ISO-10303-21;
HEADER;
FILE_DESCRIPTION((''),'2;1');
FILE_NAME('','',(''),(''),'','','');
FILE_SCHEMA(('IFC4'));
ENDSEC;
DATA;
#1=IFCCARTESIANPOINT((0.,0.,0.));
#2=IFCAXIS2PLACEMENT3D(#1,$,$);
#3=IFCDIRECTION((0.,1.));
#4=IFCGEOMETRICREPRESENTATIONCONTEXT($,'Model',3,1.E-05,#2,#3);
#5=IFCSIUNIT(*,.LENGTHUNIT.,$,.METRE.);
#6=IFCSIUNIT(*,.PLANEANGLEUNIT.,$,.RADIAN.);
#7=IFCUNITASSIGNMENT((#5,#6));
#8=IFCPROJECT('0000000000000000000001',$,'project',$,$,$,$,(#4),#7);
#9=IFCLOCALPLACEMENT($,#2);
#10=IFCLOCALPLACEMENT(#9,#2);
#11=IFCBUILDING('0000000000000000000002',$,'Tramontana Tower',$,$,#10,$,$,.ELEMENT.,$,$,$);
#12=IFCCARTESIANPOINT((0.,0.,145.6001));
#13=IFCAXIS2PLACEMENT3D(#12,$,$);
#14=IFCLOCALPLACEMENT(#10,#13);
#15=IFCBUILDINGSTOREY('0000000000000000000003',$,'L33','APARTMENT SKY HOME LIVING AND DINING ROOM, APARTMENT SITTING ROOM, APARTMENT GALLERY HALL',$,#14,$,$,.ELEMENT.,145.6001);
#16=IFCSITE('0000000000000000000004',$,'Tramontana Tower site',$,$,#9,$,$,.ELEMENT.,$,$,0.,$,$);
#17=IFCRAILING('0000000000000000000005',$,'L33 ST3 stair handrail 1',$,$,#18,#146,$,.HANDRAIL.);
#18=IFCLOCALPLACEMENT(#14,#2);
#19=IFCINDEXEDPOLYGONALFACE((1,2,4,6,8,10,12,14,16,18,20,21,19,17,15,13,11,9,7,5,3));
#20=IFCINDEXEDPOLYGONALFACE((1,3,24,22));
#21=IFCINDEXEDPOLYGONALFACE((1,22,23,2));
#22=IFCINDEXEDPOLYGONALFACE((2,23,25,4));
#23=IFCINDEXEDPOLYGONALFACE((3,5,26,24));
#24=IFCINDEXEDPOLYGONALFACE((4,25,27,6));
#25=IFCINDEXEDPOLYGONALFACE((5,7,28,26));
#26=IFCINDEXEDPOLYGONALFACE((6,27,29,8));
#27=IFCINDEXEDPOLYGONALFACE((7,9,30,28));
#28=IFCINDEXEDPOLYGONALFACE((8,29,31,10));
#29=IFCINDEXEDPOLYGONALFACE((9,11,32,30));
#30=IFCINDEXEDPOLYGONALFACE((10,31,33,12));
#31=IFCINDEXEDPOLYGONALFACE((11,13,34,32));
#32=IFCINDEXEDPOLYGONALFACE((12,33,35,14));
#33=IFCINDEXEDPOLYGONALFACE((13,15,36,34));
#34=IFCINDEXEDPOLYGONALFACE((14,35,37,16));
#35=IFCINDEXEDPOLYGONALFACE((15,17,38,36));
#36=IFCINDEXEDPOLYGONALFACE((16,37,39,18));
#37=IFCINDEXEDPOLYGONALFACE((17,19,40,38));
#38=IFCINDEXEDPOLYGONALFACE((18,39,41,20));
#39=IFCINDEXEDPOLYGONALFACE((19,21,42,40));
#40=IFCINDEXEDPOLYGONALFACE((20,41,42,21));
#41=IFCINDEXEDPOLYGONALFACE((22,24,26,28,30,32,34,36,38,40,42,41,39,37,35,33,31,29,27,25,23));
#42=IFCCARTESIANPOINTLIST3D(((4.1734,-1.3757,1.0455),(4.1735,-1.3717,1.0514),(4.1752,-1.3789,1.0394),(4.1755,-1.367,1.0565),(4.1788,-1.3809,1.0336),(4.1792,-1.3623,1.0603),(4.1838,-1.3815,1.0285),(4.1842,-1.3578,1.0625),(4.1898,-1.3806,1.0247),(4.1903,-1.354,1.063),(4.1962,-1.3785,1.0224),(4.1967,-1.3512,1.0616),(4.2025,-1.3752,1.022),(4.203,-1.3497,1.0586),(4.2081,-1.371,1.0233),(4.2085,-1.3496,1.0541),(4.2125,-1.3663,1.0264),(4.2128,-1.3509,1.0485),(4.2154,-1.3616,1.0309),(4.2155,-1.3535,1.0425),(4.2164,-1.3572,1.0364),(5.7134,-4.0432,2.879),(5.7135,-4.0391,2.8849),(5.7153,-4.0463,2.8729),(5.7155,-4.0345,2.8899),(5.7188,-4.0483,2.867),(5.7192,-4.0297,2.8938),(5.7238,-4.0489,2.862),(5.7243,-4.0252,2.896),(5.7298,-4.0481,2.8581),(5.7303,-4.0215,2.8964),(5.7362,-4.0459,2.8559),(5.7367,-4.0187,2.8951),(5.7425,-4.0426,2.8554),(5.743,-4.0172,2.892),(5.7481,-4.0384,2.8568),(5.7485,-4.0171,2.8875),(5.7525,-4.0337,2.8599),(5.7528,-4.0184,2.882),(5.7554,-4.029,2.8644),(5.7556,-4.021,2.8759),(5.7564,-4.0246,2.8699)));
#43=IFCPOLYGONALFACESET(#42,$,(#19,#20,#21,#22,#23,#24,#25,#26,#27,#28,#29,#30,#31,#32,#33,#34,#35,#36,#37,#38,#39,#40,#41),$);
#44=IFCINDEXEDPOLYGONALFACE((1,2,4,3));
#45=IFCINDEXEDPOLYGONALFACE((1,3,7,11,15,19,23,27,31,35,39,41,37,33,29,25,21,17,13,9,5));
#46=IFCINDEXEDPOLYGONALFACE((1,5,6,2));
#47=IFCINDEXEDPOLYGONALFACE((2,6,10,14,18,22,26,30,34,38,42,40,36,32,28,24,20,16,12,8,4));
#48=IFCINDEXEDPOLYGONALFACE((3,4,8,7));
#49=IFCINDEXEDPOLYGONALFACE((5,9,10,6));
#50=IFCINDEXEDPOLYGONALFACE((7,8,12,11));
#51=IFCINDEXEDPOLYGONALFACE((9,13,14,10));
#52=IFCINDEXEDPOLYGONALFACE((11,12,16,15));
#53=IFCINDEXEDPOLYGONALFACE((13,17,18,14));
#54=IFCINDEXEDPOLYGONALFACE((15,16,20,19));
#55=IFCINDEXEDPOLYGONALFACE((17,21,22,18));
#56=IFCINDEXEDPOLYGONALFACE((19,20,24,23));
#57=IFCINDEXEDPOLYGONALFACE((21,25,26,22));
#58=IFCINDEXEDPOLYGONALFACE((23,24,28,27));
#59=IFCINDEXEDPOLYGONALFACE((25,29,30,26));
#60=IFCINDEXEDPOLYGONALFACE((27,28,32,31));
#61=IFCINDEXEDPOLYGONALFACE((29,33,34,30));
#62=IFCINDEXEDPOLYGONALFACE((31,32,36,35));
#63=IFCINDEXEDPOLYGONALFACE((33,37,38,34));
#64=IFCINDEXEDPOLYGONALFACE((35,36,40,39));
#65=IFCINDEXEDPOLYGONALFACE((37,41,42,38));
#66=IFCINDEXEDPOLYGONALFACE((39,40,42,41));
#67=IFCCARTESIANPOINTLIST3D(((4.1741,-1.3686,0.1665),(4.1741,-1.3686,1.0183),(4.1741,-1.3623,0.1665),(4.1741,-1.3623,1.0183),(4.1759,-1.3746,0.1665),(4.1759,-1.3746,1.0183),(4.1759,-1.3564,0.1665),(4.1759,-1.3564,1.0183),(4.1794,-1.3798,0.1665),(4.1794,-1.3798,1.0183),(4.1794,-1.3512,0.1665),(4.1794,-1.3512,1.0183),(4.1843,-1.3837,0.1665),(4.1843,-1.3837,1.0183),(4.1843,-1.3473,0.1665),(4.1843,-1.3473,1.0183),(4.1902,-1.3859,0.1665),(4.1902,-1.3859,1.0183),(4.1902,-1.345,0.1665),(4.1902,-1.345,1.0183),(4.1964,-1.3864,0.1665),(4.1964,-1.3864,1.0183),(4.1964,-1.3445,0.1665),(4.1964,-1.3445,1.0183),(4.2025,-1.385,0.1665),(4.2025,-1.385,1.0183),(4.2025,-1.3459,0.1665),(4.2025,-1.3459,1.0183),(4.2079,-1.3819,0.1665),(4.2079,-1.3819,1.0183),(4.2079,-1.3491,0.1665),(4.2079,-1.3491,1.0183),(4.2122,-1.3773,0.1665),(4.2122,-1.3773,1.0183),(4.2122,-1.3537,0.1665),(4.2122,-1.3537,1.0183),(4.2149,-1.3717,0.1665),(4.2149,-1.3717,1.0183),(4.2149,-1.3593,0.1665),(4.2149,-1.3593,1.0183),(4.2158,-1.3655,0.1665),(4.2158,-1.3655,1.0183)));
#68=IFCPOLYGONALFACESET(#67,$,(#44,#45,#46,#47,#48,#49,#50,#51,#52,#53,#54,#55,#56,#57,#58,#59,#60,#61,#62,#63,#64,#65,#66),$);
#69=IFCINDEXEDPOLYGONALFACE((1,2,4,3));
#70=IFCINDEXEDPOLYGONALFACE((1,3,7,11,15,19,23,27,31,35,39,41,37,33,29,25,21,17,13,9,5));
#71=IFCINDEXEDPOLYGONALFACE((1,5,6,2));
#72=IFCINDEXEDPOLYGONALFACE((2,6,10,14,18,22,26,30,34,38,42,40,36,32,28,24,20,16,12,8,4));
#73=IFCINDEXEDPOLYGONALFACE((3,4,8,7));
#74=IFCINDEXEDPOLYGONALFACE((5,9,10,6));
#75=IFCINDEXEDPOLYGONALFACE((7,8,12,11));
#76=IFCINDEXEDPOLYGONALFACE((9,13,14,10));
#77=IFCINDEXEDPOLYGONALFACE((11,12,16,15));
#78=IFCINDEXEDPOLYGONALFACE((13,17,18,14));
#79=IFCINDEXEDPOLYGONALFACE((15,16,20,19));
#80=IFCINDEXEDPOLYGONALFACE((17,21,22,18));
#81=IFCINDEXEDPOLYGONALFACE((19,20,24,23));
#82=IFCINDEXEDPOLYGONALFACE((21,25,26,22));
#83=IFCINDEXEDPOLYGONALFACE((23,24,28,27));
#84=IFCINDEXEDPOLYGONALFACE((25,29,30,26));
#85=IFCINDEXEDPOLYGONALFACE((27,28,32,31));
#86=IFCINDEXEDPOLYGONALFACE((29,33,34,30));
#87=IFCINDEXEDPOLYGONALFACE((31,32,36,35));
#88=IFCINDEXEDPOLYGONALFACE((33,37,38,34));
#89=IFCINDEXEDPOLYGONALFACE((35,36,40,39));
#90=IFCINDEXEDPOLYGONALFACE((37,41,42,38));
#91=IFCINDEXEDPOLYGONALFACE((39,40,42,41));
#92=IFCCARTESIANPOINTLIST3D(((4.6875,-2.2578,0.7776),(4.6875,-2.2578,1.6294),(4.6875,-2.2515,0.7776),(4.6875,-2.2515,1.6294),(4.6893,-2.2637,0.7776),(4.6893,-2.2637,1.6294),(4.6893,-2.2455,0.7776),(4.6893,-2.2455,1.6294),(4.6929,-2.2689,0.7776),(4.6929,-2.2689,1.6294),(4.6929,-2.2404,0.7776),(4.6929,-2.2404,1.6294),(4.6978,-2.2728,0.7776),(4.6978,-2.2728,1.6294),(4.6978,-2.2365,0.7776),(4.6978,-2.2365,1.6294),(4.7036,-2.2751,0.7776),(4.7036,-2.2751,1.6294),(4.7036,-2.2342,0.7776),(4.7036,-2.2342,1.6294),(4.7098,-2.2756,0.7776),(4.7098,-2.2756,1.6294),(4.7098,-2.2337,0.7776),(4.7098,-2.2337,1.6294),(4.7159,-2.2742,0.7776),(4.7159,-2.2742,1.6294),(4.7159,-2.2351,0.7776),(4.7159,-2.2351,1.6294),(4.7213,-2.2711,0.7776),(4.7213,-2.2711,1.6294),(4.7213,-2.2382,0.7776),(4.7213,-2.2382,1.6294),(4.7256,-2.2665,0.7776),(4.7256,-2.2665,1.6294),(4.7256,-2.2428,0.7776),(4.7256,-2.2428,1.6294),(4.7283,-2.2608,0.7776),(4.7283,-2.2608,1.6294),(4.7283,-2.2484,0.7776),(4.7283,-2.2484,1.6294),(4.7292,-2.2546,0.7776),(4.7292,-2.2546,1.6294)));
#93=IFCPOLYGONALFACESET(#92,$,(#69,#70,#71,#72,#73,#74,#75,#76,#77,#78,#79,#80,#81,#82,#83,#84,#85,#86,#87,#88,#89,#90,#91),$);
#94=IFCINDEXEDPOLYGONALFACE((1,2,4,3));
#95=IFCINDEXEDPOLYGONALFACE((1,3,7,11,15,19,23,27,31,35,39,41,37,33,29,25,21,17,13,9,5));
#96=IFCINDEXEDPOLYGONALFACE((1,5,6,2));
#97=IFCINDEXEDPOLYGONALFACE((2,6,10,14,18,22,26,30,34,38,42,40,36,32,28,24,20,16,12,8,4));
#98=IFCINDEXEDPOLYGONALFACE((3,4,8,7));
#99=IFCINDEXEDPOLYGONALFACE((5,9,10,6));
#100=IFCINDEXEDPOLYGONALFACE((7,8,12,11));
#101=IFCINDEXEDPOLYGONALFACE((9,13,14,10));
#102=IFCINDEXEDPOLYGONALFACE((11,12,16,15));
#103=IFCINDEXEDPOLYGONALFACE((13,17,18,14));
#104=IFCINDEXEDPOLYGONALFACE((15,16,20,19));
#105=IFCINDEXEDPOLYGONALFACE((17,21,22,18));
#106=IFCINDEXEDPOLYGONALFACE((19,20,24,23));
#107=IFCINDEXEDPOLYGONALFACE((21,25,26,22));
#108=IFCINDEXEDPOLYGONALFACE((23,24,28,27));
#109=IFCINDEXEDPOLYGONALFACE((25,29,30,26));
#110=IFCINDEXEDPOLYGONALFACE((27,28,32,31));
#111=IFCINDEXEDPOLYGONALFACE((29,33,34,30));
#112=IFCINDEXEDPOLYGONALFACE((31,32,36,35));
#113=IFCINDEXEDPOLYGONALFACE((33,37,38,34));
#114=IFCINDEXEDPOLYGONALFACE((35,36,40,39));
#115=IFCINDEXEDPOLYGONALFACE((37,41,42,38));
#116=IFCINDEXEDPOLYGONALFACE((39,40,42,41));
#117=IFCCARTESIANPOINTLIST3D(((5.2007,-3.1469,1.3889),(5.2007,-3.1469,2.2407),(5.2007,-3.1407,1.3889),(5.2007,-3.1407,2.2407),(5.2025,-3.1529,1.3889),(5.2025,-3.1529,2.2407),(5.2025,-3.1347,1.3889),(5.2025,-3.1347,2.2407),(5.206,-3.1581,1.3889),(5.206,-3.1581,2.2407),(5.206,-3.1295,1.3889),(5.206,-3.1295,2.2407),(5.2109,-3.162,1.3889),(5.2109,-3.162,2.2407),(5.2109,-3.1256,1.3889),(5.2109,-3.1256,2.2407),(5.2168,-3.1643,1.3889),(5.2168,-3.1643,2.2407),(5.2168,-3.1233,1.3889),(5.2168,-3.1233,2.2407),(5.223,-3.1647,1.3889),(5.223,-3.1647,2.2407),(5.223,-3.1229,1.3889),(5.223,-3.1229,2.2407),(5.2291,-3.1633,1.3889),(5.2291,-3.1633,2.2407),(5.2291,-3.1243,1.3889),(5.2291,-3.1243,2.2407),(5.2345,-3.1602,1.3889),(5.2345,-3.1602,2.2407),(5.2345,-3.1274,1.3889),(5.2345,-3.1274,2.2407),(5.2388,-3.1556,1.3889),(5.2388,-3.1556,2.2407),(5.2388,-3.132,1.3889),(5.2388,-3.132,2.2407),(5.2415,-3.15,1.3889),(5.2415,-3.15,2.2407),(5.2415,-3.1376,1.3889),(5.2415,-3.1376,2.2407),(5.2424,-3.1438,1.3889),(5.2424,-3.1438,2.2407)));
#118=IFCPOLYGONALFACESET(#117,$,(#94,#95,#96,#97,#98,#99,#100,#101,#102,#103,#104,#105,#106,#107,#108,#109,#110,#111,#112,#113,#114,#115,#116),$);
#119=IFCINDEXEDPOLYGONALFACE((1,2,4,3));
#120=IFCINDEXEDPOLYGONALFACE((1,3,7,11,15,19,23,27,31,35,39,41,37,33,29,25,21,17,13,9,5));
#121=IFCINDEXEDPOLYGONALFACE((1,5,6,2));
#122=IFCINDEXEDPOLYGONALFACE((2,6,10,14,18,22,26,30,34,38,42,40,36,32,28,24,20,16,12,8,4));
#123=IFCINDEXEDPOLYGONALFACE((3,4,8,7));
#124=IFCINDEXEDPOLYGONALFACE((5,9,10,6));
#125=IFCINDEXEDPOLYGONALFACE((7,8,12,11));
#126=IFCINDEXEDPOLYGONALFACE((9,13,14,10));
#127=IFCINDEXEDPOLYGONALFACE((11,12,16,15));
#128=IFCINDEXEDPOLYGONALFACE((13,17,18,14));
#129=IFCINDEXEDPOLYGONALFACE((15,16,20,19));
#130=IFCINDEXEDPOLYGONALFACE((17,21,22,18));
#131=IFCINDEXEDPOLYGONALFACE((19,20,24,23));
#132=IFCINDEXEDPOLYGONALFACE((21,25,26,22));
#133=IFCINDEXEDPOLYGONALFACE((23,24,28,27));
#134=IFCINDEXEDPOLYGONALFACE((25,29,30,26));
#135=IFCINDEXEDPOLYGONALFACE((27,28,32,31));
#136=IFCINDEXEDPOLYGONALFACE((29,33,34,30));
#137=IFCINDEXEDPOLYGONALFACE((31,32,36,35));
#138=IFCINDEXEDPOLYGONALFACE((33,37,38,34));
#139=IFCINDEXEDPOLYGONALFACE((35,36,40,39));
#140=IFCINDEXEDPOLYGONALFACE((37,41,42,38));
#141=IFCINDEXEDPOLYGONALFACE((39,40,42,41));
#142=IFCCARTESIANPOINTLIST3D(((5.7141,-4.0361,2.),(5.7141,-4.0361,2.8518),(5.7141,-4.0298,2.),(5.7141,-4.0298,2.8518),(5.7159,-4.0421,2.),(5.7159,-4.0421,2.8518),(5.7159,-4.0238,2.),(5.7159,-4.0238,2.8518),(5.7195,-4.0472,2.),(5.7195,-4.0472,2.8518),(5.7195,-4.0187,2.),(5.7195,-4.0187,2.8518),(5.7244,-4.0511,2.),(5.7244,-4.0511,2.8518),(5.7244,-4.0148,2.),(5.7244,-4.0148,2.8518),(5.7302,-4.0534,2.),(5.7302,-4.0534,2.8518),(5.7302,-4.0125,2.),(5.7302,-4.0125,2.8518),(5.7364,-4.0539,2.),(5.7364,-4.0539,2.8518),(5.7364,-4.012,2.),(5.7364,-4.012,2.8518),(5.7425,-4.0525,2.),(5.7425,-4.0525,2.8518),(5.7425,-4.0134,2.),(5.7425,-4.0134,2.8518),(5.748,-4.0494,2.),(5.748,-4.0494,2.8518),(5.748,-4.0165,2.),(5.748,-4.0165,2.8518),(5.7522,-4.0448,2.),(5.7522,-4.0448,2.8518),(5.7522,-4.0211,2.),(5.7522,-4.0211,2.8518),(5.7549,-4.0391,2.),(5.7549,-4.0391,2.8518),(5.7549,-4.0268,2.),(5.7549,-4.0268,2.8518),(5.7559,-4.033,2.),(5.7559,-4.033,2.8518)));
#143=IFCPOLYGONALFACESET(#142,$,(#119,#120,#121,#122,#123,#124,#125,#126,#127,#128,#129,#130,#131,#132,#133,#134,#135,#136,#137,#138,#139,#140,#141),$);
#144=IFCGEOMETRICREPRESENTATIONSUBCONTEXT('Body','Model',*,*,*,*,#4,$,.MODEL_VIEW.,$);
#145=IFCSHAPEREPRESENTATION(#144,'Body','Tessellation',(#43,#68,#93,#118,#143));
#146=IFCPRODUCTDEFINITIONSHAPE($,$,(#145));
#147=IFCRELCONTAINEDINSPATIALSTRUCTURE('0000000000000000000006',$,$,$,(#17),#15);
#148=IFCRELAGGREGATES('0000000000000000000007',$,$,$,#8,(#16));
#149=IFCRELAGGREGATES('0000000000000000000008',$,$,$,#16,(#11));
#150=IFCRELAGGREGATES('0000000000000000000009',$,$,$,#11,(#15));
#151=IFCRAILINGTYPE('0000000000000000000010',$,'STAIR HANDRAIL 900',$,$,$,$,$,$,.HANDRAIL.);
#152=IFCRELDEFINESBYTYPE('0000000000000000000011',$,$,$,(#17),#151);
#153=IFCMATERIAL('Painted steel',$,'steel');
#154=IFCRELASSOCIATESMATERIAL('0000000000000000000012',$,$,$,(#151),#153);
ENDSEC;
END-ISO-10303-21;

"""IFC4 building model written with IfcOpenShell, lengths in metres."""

from ifc_helpers import new_model, si_unit, direction, frame, origin, origin_2d, place, context, subcontext, project, spatial, circle, extrude, material, type_object, element, save


model = new_model("IFC4")

# Units and contexts
model_context = context("Model", 3, precision=1e-05, world=origin(), true_north=direction((0.0, 1.0)))
body_context = subcontext(model_context, "Body", "Model", "MODEL_VIEW")
ifc_project = project(units=[si_unit("LENGTHUNIT", "METRE"), si_unit("PLANEANGLEUNIT", "RADIAN")], contexts=[model_context])

# Site, building, storey
site_placement = place(None, origin())
site = spatial("IfcSite", under=ifc_project, at=site_placement, Name="Tramontana Tower site", CompositionType="ELEMENT", RefElevation=0.0)
building_placement = place(site_placement, origin())
building = spatial("IfcBuilding", under=site, at=building_placement, Name="Tramontana Tower", CompositionType="ELEMENT")
storey_placement = place(building_placement, frame((0.0, 0.0, 145.6001)))
storey = spatial("IfcBuildingStorey", under=building, at=storey_placement, Name="L33", Description="APARTMENT SKY HOME LIVING AND DINING ROOM, APARTMENT SITTING ROOM, APARTMENT GALLERY HALL", CompositionType="ELEMENT", Elevation=145.6001)

# Railing
ifc_material_1 = material(Name="Painted steel", Category="steel")
railing_type_1 = type_object("IfcRailingType", Name="STAIR HANDRAIL 900", PredefinedType="HANDRAIL", material=ifc_material_1)
railing_1_placement = place(storey_placement, frame((4.1948, -1.3655, 0.1665)))
element("IfcRailing", 1, at=railing_1_placement, inside=storey, type_object=railing_type_1, Name="L33 ST3 stair handrail 1", PredefinedType="HANDRAIL", context=body_context, shape_type="SweptSolid", body=[
    extrude(circle(Radius=0.0239, at=origin_2d()), frame((0.0, 0.0, 0.876), z_axis=(0.429634, -0.744164, 0.511502), x_axis=(0.86603, 0.499992, 0.0)), (0.0, 0.0, 1.0), 3.5845),
    extrude(circle(Radius=0.021, at=origin_2d()), origin(), (0.0, 0.0, 1.0), 0.8518),
    extrude(circle(Radius=0.021, at=origin_2d()), frame((0.5134, -0.8892, 0.6111)), (0.0, 0.0, 1.0), 0.8518),
    extrude(circle(Radius=0.021, at=origin_2d()), frame((1.0266, -1.7783, 1.2224)), (0.0, 0.0, 1.0), 0.8518),
    extrude(circle(Radius=0.021, at=origin_2d()), frame((1.54, -2.6675, 1.8335)), (0.0, 0.0, 1.0), 0.8518),
])

save(model, "model.ifc")
